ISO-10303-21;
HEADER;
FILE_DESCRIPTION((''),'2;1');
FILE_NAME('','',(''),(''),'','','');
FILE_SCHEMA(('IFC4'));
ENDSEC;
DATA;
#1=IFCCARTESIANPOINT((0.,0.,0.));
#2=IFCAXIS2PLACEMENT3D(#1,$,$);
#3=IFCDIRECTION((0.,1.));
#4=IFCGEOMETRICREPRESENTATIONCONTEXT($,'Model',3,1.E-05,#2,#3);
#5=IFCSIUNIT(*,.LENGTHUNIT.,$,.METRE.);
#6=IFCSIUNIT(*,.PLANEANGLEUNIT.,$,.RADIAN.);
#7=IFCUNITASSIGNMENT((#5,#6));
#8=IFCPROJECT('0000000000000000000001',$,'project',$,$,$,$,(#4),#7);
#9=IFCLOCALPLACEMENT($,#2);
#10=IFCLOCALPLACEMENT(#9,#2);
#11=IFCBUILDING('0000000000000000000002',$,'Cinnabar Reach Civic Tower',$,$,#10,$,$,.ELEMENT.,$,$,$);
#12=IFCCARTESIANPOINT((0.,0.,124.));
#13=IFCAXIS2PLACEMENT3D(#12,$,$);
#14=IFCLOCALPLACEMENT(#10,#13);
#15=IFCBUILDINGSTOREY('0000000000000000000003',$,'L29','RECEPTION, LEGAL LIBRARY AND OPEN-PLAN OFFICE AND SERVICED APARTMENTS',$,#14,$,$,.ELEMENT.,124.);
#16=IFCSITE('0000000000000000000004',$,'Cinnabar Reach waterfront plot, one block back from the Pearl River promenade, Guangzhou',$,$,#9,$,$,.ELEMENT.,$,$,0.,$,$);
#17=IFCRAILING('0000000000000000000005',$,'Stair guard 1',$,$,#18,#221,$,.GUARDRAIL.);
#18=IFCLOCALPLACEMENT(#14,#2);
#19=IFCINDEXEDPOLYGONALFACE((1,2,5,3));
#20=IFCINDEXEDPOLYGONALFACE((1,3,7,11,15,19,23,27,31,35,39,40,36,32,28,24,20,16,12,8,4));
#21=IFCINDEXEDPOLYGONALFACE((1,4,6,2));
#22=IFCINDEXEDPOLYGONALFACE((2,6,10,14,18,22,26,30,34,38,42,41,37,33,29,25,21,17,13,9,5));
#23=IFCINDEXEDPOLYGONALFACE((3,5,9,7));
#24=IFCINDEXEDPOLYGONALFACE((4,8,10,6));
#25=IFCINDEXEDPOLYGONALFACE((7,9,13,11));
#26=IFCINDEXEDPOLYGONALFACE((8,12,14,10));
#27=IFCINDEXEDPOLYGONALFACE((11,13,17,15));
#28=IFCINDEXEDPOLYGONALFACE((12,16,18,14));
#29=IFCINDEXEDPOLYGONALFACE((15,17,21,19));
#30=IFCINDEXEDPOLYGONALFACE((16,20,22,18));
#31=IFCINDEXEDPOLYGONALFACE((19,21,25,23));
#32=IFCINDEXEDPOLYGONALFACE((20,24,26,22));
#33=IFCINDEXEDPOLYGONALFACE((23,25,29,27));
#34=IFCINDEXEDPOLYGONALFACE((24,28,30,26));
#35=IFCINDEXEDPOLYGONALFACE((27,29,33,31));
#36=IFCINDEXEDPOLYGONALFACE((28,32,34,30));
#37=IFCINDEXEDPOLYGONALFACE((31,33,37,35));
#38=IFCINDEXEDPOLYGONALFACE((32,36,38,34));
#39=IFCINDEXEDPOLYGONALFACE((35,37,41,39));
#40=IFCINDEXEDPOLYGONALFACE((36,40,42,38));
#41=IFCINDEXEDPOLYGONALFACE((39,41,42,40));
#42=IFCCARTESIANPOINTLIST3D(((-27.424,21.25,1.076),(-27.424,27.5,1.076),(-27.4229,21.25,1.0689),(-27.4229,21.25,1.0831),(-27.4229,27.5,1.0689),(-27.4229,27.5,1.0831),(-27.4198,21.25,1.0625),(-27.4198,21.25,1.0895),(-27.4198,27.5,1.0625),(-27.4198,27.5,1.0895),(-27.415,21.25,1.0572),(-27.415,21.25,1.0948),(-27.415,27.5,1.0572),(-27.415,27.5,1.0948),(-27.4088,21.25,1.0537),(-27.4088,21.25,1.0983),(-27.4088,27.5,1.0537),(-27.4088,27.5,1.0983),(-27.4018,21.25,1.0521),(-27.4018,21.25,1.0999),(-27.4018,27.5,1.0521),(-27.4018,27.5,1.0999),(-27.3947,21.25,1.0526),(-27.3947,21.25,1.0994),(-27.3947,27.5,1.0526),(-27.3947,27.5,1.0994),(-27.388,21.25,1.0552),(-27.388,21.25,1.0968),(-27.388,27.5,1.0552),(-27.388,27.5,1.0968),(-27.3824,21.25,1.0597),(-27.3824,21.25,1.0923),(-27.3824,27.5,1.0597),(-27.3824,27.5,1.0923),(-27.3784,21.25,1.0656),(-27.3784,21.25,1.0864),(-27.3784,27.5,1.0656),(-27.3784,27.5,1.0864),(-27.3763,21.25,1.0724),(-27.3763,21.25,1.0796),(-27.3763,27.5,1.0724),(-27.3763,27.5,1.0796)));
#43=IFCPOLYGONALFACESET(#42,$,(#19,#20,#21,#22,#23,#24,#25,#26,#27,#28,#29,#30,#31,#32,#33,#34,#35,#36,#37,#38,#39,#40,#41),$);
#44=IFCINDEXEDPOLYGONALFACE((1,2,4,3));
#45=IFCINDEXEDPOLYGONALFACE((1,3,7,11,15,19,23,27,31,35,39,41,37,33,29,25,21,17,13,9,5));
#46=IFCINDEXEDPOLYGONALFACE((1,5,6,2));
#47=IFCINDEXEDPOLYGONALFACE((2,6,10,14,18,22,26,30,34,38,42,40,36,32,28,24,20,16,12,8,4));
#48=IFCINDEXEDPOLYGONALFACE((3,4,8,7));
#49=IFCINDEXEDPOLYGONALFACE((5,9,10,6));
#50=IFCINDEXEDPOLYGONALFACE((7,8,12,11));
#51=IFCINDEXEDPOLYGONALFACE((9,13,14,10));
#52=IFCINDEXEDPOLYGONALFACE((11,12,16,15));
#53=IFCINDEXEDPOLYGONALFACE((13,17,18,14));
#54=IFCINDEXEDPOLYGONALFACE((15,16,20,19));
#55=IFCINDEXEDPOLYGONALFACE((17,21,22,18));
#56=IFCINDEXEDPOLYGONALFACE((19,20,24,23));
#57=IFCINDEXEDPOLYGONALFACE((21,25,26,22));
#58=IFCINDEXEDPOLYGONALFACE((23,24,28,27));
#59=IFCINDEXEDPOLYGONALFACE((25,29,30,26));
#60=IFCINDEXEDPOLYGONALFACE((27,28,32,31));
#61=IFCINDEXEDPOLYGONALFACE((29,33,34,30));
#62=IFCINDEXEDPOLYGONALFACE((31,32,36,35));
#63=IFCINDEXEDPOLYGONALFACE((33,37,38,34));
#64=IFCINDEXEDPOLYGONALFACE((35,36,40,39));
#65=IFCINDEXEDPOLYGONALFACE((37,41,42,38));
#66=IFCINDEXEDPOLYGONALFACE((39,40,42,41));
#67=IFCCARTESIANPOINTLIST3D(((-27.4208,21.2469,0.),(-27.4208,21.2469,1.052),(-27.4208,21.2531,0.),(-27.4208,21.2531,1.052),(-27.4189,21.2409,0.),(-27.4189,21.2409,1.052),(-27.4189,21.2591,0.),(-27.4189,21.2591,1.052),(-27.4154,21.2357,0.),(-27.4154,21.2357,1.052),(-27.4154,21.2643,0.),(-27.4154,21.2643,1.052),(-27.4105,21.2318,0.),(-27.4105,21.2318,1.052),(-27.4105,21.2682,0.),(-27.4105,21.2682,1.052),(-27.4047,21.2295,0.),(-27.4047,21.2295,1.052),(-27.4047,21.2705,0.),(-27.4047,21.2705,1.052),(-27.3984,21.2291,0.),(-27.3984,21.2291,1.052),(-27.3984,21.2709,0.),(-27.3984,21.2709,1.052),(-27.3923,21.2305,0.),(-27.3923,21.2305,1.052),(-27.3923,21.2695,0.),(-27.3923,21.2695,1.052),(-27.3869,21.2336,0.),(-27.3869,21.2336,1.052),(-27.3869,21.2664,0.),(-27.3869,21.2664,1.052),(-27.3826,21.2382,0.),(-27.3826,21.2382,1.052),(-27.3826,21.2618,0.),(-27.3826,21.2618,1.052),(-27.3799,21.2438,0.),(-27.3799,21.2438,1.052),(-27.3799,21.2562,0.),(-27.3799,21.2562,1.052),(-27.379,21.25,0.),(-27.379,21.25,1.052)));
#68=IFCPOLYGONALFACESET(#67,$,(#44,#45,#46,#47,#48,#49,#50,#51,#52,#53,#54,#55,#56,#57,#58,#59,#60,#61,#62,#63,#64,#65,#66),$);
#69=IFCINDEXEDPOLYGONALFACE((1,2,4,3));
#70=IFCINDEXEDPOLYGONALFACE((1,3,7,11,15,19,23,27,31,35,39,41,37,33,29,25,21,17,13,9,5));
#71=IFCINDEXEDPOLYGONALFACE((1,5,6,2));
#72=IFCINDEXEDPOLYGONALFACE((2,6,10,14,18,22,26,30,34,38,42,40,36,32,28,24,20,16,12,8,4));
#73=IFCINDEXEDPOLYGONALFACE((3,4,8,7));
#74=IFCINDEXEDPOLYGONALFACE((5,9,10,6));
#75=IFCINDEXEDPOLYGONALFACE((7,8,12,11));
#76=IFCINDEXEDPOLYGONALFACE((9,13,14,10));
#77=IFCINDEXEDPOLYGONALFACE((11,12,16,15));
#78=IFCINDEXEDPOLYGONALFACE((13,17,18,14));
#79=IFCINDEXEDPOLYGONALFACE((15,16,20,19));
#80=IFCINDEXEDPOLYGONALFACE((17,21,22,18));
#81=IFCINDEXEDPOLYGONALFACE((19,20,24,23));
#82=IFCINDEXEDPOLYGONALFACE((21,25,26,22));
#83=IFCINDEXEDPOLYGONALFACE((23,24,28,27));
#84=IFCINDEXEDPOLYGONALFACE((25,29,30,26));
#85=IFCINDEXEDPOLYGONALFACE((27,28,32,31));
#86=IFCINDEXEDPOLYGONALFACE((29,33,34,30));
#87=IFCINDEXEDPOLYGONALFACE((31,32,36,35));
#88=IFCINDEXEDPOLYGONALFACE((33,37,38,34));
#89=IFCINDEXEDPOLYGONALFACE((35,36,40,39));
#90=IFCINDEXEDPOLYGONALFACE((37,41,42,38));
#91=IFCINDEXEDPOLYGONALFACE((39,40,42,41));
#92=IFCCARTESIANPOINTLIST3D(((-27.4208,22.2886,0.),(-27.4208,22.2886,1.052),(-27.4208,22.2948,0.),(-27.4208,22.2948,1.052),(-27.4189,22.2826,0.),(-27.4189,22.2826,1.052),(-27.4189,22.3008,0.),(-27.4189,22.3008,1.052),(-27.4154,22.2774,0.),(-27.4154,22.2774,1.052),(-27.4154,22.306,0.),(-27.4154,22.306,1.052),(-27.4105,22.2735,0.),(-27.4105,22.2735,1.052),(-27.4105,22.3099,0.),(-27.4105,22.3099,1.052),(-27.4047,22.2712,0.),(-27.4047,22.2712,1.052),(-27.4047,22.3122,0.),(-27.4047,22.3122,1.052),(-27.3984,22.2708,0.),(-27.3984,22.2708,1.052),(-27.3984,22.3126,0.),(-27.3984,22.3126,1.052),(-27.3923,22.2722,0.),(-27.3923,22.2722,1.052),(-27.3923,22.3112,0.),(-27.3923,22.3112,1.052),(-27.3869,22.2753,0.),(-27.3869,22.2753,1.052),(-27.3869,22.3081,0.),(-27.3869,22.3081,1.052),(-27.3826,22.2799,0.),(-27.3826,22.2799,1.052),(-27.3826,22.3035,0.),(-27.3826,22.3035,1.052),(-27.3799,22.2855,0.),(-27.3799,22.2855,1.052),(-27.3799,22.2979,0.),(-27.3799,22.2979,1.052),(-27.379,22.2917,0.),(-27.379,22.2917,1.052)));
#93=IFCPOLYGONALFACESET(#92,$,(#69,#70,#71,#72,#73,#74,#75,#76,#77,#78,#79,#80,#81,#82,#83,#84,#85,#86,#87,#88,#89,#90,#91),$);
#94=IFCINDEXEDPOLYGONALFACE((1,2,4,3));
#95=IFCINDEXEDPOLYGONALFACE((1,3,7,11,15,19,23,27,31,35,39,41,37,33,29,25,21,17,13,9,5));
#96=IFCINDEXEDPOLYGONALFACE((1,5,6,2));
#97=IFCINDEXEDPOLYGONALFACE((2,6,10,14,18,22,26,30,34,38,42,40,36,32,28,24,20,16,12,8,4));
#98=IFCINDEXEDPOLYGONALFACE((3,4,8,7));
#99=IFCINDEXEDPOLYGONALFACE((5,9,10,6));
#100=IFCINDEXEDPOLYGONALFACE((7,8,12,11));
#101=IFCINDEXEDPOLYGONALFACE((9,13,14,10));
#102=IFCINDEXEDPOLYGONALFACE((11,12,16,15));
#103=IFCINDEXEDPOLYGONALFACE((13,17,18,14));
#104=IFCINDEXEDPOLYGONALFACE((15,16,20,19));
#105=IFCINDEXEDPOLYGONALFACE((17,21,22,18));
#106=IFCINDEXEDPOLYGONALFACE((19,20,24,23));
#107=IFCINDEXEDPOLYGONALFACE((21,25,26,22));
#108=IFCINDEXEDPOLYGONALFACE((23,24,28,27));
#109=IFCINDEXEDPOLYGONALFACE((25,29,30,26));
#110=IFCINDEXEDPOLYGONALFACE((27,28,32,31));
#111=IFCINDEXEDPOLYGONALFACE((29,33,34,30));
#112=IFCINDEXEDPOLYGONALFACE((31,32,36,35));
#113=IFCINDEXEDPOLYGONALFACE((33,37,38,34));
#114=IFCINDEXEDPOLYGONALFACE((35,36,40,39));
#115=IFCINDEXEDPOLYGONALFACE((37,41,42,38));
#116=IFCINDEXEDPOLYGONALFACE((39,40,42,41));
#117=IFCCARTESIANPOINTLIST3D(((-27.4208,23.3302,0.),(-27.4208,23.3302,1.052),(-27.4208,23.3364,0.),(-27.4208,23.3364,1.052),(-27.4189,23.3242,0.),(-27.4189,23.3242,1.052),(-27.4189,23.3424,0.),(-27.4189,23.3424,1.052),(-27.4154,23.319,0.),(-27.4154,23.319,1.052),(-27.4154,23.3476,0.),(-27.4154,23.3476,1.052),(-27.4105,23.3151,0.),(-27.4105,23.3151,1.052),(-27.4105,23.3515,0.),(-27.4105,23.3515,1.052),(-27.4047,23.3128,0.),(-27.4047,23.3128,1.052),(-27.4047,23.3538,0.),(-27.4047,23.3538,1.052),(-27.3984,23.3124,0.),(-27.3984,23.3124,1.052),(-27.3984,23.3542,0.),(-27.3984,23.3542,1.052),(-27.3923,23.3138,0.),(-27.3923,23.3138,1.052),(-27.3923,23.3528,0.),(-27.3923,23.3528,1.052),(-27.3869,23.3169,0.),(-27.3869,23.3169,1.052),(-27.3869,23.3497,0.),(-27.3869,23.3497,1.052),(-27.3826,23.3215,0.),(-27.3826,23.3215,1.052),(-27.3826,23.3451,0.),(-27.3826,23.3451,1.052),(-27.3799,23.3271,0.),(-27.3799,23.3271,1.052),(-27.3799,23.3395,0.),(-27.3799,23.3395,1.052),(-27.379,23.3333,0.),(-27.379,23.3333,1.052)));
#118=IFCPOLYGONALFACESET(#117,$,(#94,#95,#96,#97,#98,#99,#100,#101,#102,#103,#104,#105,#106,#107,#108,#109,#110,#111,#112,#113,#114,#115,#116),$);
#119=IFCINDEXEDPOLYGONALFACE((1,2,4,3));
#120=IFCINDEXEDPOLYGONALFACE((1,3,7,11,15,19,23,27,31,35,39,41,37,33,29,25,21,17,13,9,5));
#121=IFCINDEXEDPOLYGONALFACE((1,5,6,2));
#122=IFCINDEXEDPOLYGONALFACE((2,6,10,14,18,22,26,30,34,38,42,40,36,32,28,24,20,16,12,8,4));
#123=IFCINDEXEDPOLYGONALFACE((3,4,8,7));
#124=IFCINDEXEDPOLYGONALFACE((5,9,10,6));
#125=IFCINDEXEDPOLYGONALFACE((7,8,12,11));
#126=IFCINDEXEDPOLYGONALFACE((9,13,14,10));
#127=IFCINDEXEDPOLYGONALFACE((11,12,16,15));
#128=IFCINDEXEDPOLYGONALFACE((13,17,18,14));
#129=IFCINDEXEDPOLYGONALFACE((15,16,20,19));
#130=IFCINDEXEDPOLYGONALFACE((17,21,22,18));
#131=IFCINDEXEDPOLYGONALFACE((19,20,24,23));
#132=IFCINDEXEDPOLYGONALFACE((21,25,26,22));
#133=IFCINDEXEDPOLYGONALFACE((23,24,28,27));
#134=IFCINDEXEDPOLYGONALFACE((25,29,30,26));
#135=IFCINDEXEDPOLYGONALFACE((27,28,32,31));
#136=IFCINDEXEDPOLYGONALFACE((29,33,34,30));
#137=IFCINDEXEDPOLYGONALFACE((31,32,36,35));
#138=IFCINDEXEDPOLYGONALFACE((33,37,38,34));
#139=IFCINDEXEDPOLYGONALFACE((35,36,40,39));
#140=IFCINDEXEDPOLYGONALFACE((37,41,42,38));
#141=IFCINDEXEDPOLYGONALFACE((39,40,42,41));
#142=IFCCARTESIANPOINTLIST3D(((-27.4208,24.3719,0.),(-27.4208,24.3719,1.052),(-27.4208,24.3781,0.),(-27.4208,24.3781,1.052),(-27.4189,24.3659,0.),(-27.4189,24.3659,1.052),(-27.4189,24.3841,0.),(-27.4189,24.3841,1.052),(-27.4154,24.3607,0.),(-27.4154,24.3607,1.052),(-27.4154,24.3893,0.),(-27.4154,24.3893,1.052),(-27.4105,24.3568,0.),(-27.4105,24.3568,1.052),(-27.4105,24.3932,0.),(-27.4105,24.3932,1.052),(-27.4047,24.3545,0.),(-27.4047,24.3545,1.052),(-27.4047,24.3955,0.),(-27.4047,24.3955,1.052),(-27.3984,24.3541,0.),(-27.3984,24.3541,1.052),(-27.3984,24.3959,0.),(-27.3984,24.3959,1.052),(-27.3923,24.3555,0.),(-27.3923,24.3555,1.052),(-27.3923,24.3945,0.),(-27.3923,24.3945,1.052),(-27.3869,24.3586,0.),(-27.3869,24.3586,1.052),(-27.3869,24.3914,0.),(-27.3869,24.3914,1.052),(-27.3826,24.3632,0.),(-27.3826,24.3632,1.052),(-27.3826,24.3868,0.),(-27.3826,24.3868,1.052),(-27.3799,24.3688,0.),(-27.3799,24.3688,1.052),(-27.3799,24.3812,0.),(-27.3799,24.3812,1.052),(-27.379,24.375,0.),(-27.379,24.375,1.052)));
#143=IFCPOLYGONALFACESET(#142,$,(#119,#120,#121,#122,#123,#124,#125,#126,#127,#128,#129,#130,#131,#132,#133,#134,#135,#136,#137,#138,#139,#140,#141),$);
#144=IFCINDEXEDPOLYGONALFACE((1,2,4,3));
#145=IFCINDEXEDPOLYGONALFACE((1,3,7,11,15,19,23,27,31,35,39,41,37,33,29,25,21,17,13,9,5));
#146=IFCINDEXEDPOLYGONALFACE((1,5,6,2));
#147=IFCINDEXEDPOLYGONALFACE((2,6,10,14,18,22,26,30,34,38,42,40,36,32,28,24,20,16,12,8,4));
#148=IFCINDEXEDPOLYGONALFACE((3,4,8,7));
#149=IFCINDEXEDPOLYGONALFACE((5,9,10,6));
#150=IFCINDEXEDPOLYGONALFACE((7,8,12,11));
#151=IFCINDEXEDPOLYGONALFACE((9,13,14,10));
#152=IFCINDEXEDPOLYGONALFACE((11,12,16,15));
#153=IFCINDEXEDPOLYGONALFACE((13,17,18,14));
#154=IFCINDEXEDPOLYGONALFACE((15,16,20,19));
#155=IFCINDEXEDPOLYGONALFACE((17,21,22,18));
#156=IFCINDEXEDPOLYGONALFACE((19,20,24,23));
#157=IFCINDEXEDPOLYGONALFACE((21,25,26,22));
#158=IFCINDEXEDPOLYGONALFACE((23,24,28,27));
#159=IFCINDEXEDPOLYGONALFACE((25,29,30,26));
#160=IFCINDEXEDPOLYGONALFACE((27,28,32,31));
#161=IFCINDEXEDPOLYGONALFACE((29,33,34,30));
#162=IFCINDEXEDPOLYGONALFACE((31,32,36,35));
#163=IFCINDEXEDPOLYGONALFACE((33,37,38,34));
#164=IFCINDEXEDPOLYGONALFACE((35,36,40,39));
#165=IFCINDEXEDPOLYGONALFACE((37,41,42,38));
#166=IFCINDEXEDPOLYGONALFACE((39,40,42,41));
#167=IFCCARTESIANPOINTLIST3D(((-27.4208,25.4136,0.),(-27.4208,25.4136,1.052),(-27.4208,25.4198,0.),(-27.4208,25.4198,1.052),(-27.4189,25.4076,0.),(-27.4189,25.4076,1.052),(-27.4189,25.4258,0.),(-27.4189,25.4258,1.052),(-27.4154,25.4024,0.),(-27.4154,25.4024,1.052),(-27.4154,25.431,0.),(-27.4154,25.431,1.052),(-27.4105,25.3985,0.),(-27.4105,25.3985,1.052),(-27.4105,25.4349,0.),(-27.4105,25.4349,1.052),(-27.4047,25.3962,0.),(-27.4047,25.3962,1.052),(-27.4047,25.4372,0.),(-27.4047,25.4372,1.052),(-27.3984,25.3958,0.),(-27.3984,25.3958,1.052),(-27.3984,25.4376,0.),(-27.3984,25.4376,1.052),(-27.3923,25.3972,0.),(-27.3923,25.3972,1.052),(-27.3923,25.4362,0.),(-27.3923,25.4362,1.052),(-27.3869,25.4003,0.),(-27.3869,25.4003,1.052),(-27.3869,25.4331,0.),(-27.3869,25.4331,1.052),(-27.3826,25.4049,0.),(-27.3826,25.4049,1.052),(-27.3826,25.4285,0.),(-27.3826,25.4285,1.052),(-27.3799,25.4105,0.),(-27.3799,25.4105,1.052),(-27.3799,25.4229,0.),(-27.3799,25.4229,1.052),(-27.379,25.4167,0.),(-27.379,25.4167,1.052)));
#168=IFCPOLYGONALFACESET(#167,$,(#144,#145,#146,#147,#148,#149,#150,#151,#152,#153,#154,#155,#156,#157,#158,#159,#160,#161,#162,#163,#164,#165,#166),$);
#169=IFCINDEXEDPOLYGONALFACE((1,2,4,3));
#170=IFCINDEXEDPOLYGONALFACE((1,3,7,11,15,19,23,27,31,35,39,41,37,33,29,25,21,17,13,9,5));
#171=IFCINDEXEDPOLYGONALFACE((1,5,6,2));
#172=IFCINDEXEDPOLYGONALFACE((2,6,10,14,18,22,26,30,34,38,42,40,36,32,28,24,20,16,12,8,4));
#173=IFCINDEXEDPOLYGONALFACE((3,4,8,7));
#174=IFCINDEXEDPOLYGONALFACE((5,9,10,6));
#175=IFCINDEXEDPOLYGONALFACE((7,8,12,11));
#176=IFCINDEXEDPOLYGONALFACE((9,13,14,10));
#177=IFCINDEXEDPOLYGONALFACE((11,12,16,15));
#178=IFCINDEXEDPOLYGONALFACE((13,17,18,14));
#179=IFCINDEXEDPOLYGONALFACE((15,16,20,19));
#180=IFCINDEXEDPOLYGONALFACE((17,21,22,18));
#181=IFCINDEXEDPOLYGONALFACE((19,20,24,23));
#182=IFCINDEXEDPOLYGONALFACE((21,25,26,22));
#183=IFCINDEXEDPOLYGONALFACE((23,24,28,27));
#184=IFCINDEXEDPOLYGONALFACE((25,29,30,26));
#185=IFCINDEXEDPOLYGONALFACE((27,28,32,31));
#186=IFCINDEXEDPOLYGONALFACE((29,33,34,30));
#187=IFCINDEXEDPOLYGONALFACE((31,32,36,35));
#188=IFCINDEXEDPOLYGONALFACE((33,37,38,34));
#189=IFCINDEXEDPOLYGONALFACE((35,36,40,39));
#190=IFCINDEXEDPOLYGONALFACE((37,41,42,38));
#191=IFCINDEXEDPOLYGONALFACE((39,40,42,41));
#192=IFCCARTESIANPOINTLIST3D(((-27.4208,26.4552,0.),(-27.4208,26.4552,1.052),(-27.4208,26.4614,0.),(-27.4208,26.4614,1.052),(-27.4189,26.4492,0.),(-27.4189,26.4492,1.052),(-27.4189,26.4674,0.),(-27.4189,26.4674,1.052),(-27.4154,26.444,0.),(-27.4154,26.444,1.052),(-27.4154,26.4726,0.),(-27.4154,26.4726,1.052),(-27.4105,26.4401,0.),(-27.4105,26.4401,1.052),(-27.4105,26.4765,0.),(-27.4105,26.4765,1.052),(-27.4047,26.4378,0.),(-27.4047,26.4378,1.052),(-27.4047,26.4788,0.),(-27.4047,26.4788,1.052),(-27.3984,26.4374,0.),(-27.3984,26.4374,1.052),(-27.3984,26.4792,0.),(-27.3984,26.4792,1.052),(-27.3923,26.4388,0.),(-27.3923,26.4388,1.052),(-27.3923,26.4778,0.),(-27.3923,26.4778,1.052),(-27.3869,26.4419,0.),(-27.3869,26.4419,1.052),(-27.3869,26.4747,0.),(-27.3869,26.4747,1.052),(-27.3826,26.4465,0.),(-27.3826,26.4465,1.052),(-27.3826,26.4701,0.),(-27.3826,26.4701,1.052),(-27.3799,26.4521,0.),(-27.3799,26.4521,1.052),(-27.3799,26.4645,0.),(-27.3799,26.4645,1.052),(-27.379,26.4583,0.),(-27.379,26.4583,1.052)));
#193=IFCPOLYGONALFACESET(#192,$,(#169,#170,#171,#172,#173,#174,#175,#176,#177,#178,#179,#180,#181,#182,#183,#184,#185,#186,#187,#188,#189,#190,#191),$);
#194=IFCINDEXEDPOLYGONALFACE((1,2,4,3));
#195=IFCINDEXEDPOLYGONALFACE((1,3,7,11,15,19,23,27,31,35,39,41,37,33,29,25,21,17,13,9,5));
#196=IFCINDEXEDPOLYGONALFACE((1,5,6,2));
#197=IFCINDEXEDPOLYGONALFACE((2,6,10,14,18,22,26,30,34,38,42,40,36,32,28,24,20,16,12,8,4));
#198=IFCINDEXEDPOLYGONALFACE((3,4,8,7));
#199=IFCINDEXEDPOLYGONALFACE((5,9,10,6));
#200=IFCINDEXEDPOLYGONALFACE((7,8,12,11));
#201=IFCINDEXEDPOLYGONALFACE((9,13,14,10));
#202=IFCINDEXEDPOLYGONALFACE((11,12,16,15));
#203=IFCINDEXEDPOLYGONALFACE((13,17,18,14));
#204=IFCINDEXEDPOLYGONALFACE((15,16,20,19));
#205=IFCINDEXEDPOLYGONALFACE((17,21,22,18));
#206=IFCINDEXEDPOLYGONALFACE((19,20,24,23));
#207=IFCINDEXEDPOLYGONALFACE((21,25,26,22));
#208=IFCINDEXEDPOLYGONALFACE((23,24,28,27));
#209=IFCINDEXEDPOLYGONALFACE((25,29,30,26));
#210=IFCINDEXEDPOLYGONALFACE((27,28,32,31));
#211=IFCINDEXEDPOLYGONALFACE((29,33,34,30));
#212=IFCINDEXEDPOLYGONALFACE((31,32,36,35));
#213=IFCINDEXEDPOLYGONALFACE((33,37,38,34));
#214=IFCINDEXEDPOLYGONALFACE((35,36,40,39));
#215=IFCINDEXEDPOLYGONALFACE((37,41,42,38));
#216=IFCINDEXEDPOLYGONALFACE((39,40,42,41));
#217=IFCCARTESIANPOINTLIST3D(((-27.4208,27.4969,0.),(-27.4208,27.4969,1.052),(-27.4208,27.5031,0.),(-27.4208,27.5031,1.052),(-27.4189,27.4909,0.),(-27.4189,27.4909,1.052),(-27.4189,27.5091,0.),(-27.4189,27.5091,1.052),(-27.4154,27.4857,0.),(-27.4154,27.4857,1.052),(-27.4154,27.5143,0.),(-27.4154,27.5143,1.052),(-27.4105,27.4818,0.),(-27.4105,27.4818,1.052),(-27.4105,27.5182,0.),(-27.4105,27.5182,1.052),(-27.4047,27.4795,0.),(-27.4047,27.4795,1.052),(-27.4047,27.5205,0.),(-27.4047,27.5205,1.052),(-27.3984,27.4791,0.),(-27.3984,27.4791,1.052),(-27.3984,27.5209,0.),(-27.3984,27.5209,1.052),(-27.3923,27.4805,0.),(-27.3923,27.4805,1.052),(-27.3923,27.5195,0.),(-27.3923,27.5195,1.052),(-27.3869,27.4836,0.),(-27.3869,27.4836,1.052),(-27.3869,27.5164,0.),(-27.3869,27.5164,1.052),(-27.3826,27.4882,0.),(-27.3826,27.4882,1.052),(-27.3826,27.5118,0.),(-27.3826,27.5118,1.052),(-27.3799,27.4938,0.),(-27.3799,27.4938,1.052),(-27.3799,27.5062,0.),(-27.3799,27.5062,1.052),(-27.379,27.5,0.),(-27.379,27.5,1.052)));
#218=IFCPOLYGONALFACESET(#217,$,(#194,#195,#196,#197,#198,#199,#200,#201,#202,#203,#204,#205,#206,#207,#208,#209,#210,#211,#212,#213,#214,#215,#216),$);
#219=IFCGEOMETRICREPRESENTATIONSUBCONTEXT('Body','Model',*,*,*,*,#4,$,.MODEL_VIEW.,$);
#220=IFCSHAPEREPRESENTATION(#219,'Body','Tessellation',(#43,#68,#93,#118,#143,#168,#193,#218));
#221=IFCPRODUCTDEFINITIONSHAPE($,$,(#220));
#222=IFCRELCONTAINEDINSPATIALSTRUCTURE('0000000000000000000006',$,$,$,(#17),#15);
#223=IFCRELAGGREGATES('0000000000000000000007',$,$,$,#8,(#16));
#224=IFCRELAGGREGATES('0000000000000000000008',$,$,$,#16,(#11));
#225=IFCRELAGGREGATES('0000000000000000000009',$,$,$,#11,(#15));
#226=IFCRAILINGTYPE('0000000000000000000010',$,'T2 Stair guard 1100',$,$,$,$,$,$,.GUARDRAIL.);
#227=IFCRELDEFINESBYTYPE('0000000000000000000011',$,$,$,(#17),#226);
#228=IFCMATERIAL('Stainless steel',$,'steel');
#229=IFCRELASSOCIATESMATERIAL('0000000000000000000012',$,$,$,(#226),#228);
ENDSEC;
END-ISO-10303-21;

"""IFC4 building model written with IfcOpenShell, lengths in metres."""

from ifc_helpers import new_model, si_unit, direction, frame, origin, origin_2d, place, context, subcontext, project, spatial, circle, extrude, material, type_object, element, save


model = new_model("IFC4")

# Units and contexts
model_context = context("Model", 3, precision=1e-05, world=origin(), true_north=direction((0.0, 1.0)))
body_context = subcontext(model_context, "Body", "Model", "MODEL_VIEW")
ifc_project = project(units=[si_unit("LENGTHUNIT", "METRE"), si_unit("PLANEANGLEUNIT", "RADIAN")], contexts=[model_context])

# Site, building, storey
site_placement = place(None, origin())
site = spatial("IfcSite", under=ifc_project, at=site_placement, Name="Cinnabar Reach waterfront plot, one block back from the Pearl River promenade, Guangzhou", CompositionType="ELEMENT", RefElevation=0.0)
building_placement = place(site_placement, origin())
building = spatial("IfcBuilding", under=site, at=building_placement, Name="Cinnabar Reach Civic Tower", CompositionType="ELEMENT")
storey_placement = place(building_placement, frame((0.0, 0.0, 124.0)))
storey = spatial("IfcBuildingStorey", under=building, at=storey_placement, Name="L29", Description="RECEPTION, LEGAL LIBRARY AND OPEN-PLAN OFFICE AND SERVICED APARTMENTS", CompositionType="ELEMENT", Elevation=124.0)

# Railing
ifc_material_1 = material(Name="Stainless steel", Category="steel")
railing_type = type_object("IfcRailingType", Name="T2 Stair guard 1100", PredefinedType="GUARDRAIL", material=ifc_material_1)
railing_1_placement = place(storey_placement, frame((-27.4, 21.25, 0.0)))
element("IfcRailing", 1, at=railing_1_placement, inside=storey, type_object=railing_type, Name="Stair guard 1", PredefinedType="GUARDRAIL", context=body_context, shape_type="SweptSolid", body=[
    extrude(circle(Radius=0.024, at=origin_2d()), frame((0.0, 0.0, 1.076), z_axis=(0.0, 1.0, 0.0), x_axis=(-1.0, 0.0, 0.0)), (0.0, 0.0, 1.0), 6.25),
    extrude(circle(Radius=0.021, at=origin_2d()), origin(), (0.0, 0.0, 1.0), 1.052),
    extrude(circle(Radius=0.021, at=origin_2d()), frame((0.0, 1.0417, 0.0)), (0.0, 0.0, 1.0), 1.052),
    extrude(circle(Radius=0.021, at=origin_2d()), frame((0.0, 2.0833, 0.0)), (0.0, 0.0, 1.0), 1.052),
    extrude(circle(Radius=0.021, at=origin_2d()), frame((0.0, 3.125, 0.0)), (0.0, 0.0, 1.0), 1.052),
    extrude(circle(Radius=0.021, at=origin_2d()), frame((0.0, 4.1667, 0.0)), (0.0, 0.0, 1.0), 1.052),
    extrude(circle(Radius=0.021, at=origin_2d()), frame((0.0, 5.2083, 0.0)), (0.0, 0.0, 1.0), 1.052),
    extrude(circle(Radius=0.021, at=origin_2d()), frame((0.0, 6.25, 0.0)), (0.0, 0.0, 1.0), 1.052),
])

save(model, "model.ifc")
